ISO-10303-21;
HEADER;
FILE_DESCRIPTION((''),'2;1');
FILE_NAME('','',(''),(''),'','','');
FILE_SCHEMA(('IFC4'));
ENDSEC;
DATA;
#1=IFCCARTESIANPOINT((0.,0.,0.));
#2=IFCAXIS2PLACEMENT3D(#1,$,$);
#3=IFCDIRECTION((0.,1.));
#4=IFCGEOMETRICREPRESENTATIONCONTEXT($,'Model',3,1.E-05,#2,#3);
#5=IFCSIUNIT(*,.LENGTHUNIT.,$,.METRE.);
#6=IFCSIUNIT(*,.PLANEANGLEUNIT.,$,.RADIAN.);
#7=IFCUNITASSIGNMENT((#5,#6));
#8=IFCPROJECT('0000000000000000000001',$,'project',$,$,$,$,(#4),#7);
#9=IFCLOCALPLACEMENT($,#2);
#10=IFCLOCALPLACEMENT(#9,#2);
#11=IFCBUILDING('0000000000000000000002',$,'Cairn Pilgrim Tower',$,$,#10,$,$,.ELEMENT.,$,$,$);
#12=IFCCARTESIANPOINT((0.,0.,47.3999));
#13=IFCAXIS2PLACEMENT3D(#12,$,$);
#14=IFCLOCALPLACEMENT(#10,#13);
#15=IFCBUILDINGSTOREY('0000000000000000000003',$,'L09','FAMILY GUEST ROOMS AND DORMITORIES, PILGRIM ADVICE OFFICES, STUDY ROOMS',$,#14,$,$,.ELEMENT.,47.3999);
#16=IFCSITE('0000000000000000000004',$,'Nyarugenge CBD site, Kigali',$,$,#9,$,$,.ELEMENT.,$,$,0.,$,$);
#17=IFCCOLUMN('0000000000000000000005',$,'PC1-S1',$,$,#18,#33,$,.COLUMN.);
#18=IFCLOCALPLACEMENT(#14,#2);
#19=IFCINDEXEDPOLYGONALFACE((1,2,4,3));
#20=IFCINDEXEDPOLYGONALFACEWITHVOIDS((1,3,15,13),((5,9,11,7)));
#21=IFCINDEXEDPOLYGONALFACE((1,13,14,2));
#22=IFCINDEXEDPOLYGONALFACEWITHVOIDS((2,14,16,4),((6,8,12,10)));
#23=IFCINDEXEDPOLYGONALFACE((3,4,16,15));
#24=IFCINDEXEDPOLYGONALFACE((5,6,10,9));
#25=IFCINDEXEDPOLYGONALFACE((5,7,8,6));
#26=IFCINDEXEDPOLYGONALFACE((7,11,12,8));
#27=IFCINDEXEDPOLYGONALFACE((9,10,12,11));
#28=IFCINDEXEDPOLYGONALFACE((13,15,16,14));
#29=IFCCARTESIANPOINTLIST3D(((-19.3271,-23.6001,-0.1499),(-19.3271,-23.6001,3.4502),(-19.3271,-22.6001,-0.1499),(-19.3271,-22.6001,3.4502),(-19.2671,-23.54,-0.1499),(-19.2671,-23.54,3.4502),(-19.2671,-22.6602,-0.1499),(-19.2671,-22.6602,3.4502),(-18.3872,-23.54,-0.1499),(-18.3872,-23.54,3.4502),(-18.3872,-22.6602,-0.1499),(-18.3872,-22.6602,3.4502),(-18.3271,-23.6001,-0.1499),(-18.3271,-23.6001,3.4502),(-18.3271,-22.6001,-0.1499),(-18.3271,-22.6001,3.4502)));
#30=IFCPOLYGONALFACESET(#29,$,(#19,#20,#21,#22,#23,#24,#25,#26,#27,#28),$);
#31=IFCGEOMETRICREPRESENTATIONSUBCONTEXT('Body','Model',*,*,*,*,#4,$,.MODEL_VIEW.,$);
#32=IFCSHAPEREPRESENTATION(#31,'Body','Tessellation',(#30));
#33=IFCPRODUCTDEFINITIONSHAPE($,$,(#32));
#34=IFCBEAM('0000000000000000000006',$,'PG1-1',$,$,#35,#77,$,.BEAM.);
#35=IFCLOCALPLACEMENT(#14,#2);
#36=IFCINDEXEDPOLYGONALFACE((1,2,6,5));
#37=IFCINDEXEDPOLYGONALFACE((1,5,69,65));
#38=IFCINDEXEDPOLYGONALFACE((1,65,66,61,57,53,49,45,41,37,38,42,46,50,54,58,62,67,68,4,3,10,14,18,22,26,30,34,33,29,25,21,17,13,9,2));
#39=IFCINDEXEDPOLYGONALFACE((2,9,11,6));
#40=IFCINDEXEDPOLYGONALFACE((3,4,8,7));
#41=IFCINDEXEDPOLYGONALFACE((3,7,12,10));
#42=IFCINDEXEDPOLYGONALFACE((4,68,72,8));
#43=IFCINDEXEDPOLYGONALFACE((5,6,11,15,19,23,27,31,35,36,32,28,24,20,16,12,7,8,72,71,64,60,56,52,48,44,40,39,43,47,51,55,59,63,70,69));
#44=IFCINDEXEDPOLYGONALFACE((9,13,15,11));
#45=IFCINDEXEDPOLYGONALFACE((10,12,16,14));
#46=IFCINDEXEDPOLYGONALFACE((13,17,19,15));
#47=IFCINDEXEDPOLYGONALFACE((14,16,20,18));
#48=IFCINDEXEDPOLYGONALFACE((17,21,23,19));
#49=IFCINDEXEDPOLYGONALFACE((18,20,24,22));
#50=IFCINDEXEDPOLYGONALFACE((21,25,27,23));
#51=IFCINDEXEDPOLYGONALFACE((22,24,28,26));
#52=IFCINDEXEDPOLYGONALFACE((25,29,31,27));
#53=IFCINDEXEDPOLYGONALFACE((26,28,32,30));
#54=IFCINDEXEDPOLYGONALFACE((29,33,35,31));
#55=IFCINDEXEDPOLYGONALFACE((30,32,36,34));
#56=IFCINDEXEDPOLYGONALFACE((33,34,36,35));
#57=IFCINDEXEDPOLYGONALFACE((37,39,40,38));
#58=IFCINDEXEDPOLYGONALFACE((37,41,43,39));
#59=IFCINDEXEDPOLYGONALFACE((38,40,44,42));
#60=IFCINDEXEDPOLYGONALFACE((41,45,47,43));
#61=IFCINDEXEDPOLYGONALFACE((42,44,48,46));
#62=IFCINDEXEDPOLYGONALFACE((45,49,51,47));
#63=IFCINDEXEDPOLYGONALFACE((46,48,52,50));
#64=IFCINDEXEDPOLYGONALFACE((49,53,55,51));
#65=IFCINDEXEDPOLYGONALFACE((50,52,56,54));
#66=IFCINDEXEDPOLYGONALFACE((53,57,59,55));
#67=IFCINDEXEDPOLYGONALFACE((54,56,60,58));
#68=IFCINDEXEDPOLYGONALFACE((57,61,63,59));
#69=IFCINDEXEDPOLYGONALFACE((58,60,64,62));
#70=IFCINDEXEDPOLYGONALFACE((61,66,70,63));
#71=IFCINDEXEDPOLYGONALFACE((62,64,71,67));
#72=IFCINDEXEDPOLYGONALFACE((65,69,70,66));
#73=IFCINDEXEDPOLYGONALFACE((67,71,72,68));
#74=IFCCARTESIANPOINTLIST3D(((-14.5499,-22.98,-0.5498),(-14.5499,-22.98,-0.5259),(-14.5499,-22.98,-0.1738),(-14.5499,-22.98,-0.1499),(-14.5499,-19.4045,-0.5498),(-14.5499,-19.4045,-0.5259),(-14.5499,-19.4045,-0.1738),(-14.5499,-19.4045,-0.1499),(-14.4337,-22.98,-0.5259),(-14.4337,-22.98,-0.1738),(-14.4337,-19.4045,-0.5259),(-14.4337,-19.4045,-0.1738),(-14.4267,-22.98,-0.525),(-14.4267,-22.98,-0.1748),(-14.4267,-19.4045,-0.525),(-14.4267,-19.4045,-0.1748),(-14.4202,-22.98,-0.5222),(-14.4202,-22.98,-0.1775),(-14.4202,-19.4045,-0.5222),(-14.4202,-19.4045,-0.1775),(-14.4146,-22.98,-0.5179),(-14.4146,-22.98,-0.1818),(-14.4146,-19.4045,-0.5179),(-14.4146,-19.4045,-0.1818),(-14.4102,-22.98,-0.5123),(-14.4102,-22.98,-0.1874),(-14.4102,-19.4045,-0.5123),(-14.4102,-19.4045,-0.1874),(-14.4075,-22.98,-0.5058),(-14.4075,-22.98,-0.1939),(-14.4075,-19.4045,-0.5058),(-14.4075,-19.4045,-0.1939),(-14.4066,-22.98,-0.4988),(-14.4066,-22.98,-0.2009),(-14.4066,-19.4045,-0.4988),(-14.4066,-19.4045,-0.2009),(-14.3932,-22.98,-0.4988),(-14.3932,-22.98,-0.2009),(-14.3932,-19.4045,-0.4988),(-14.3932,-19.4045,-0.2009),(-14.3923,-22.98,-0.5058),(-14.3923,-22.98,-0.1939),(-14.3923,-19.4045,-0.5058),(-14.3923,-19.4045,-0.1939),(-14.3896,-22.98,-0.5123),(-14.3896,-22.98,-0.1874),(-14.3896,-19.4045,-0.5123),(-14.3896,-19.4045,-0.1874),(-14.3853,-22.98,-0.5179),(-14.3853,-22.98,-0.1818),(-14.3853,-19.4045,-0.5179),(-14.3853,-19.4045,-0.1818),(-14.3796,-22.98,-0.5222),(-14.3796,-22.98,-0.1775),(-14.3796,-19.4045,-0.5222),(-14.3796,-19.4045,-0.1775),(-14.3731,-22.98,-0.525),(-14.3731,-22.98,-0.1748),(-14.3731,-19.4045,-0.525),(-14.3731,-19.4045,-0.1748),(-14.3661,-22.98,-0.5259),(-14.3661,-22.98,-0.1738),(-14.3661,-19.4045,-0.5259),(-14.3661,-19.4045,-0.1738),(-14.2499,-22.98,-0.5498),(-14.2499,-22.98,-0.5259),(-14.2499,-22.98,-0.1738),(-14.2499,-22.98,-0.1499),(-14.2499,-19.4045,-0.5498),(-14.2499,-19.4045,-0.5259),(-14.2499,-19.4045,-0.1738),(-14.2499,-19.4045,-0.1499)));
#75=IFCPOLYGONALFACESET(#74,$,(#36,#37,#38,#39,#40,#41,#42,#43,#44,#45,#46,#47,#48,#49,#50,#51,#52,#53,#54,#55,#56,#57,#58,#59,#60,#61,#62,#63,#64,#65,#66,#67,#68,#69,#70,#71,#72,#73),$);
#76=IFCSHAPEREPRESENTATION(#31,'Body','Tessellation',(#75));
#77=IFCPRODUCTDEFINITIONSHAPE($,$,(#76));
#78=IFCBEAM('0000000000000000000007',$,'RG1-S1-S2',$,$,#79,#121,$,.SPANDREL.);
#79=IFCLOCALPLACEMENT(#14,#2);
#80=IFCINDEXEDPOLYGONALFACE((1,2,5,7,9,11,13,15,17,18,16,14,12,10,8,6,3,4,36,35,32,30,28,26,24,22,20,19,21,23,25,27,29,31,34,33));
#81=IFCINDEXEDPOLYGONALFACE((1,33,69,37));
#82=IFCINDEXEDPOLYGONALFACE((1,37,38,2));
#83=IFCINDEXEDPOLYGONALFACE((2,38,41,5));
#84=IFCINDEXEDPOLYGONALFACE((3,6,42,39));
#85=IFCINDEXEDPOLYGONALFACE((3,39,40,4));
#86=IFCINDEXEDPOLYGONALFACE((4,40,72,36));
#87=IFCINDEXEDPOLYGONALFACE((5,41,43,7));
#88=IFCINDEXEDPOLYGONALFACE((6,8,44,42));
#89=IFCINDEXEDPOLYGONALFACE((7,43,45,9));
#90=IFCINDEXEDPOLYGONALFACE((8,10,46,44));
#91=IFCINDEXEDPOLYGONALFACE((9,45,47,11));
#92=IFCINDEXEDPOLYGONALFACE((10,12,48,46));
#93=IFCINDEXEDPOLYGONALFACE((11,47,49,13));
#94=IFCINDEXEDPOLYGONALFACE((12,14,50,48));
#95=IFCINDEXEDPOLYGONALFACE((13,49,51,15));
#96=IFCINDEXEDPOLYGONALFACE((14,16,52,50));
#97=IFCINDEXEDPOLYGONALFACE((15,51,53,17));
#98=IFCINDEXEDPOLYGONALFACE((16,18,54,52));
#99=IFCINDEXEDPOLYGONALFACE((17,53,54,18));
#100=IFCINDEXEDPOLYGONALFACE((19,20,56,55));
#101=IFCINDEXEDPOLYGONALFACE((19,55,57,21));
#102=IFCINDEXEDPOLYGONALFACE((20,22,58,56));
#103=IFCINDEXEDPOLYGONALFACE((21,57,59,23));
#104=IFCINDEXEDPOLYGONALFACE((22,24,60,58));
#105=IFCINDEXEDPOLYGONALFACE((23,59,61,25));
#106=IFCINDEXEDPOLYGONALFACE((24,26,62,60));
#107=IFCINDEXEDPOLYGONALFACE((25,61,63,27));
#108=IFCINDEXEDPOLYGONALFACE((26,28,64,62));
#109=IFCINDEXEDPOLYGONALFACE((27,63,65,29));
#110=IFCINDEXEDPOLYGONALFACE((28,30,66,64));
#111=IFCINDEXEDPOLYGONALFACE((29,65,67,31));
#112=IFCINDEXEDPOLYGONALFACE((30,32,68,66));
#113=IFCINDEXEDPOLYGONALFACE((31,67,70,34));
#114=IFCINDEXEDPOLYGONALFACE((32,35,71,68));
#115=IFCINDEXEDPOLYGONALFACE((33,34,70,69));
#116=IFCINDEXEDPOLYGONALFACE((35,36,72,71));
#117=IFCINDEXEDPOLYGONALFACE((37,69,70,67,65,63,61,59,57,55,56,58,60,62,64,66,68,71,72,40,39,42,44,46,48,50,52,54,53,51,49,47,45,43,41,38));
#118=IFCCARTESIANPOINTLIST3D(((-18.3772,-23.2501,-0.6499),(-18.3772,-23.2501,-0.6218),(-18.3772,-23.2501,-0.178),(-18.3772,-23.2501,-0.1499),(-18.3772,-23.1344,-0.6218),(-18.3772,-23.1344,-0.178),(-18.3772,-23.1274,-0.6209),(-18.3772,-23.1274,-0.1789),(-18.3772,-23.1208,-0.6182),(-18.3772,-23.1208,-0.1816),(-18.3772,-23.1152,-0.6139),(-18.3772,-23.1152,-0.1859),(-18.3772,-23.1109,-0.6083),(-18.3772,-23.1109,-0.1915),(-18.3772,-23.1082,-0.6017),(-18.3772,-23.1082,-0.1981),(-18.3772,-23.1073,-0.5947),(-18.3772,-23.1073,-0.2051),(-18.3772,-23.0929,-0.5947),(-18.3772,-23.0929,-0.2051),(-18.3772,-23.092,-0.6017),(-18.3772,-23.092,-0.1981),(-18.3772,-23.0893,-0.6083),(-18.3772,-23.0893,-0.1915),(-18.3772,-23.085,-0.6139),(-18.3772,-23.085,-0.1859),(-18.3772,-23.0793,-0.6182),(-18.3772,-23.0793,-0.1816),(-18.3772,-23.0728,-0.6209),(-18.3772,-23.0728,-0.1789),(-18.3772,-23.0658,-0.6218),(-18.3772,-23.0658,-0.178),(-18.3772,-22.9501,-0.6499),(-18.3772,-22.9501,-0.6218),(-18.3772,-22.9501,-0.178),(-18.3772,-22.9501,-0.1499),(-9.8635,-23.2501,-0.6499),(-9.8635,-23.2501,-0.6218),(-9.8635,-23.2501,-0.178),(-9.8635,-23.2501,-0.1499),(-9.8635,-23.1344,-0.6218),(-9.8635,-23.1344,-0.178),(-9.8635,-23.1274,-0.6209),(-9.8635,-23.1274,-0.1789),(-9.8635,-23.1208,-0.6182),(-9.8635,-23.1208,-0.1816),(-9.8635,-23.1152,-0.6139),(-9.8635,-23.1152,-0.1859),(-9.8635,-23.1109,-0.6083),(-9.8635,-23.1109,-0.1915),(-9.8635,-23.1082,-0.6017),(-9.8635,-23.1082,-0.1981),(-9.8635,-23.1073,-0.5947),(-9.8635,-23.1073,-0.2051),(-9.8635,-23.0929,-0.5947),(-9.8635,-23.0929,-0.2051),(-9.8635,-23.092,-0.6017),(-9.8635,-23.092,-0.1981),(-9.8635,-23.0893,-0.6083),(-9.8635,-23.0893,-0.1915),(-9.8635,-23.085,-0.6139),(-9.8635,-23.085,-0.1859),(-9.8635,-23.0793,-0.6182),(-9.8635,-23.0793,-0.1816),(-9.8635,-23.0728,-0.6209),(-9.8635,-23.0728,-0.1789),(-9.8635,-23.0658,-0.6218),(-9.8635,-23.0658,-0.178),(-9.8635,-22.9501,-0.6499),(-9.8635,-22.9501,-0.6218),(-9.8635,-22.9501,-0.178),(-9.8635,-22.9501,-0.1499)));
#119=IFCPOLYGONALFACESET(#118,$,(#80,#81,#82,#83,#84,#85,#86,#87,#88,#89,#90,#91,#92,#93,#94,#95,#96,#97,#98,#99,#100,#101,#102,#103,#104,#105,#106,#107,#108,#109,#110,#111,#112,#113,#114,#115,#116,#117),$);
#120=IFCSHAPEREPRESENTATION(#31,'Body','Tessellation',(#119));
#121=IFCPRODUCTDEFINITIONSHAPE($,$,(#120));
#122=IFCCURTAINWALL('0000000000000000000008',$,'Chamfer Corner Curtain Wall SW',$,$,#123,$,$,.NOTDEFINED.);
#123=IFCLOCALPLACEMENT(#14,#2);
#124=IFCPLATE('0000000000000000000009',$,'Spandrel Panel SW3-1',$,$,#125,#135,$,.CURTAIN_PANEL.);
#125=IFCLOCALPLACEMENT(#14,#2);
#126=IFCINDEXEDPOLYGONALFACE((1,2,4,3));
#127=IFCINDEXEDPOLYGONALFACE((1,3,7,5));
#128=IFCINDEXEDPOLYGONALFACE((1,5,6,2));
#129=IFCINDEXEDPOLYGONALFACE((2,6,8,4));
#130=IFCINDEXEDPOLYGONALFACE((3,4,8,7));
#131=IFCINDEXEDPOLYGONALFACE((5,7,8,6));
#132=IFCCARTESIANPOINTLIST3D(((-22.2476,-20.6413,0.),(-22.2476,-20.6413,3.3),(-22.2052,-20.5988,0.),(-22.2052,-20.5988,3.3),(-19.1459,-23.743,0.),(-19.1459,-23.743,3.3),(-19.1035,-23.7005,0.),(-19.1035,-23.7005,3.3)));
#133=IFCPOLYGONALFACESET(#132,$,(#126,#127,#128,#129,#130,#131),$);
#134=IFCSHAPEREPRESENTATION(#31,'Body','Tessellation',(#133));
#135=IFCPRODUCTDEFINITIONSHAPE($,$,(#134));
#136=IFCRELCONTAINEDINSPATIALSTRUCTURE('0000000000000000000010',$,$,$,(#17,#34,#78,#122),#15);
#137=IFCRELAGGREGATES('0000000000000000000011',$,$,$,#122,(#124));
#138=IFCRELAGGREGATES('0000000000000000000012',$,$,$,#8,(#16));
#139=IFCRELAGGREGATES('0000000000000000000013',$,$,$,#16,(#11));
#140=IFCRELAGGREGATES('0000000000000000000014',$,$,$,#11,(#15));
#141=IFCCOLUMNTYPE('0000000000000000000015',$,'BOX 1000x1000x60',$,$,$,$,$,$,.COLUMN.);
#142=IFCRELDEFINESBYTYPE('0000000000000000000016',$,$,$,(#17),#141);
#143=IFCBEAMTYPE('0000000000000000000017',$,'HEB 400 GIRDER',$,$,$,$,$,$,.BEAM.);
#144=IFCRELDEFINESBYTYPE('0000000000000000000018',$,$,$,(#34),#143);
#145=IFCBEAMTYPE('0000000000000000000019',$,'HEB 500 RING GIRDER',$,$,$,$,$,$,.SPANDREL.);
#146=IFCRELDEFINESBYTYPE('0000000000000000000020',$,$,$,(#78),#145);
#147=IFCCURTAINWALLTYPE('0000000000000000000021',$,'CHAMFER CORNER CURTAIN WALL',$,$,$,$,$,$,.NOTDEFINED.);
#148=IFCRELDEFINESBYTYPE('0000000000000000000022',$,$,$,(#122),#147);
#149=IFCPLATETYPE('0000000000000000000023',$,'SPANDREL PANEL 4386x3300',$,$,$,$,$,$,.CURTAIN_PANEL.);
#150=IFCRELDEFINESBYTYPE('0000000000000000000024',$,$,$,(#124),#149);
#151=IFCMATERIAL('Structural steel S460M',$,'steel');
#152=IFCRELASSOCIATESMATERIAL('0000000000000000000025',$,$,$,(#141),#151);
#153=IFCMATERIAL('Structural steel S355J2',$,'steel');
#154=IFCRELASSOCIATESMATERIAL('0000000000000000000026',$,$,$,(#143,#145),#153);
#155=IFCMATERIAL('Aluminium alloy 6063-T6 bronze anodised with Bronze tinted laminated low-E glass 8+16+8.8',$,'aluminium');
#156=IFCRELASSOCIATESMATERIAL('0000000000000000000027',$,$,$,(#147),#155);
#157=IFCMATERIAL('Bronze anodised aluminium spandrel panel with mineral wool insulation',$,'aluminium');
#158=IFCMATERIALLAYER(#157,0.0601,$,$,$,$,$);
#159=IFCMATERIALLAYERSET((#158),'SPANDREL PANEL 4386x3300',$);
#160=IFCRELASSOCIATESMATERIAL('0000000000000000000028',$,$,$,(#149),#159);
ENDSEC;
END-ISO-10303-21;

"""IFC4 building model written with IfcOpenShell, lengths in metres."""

from ifc_helpers import new_model, si_unit, direction, frame, origin, origin_2d, place, context, subcontext, project, spatial, rectangle, hollow_rectangle, i_section, extrude, material, layer, layer_set, material_profile, profile_set, type_object, element, aggregate, save


model = new_model("IFC4")

# Units and contexts
model_context = context("Model", 3, precision=1e-05, world=origin(), true_north=direction((0.0, 1.0)))
body_context = subcontext(model_context, "Body", "Model", "MODEL_VIEW")
ifc_project = project(units=[si_unit("LENGTHUNIT", "METRE"), si_unit("PLANEANGLEUNIT", "RADIAN")], contexts=[model_context])

# Site, building, storey
site_placement = place(None, origin())
site = spatial("IfcSite", under=ifc_project, at=site_placement, Name="Nyarugenge CBD site, Kigali", CompositionType="ELEMENT", RefElevation=0.0)
building_placement = place(site_placement, origin())
building = spatial("IfcBuilding", under=site, at=building_placement, Name="Cairn Pilgrim Tower", CompositionType="ELEMENT")
storey_placement = place(building_placement, frame((0.0, 0.0, 47.3999)))
storey = spatial("IfcBuildingStorey", under=building, at=storey_placement, Name="L09", Description="FAMILY GUEST ROOMS AND DORMITORIES, PILGRIM ADVICE OFFICES, STUDY ROOMS", CompositionType="ELEMENT", Elevation=47.3999)

# Column
ifc_material_1 = material(Name="Structural steel S460M", Category="steel")
ifc_material_profile_1 = material_profile(ifc_material_1, hollow_rectangle(XDim=1.0, YDim=1.0, WallThickness=0.0601, at=origin_2d()), Name="BOX 1000x1000x60")
ifc_profile_set_1 = profile_set([ifc_material_profile_1], Name="Structural steel S460M")
column_type = type_object("IfcColumnType", Name="BOX 1000x1000x60", PredefinedType="COLUMN", material=ifc_profile_set_1)
column_placement = place(storey_placement, frame((-18.8271, -23.1001, -0.1499), z_axis=(0.0, 0.0, 1.0), x_axis=(1.0, 0.0, 0.0)))
element("IfcColumn", 1, at=column_placement, inside=storey, type_object=column_type, Name="PC1-S1", PredefinedType="COLUMN", context=body_context, shape_type="SweptSolid", body=[
    extrude(hollow_rectangle(XDim=1.0, YDim=1.0, WallThickness=0.0601, at=origin_2d()), origin(), (0.0, 0.0, 1.0), 3.6001),
])

# Beams
ifc_material_2 = material(Name="Structural steel S355J2", Category="steel")
ifc_material_profile_2 = material_profile(ifc_material_2, i_section(OverallWidth=0.3, OverallDepth=0.3999, WebThickness=0.0134, FlangeThickness=0.0239, FilletRadius=0.0271, at=origin_2d()), Name="HEB 400")
ifc_profile_set_2 = profile_set([ifc_material_profile_2], Name="Structural steel S355J2")
beam_type_1 = type_object("IfcBeamType", Name="HEB 400 GIRDER", PredefinedType="BEAM", material=ifc_profile_set_2)
beam_1_placement = place(storey_placement, frame((-14.3999, -22.98, -0.3499), z_axis=(0.0, 1.0, 0.0), x_axis=(-1.0, 0.0, 0.0)))
element("IfcBeam", 2, at=beam_1_placement, inside=storey, type_object=beam_type_1, Name="PG1-1", PredefinedType="BEAM", context=body_context, shape_type="SweptSolid", body=[
    extrude(i_section(OverallWidth=0.3, OverallDepth=0.3999, WebThickness=0.0134, FlangeThickness=0.0239, FilletRadius=0.0271, at=origin_2d()), origin(), (0.0, 0.0, 1.0), 3.5754),
])
ifc_material_profile_3 = material_profile(ifc_material_2, i_section(OverallWidth=0.3, OverallDepth=0.5, WebThickness=0.0144, FlangeThickness=0.0281, FilletRadius=0.0271, at=origin_2d()), Name="HEB 500")
ifc_profile_set_3 = profile_set([ifc_material_profile_3], Name="Structural steel S355J2")
beam_type_2 = type_object("IfcBeamType", Name="HEB 500 RING GIRDER", PredefinedType="SPANDREL", material=ifc_profile_set_3)
beam_2_placement = place(storey_placement, frame((-18.3772, -23.1001, -0.3999), z_axis=(1.0, 0.0, 0.0), x_axis=(0.0, 1.0, 0.0)))
element("IfcBeam", 3, at=beam_2_placement, inside=storey, type_object=beam_type_2, Name="RG1-S1-S2", PredefinedType="SPANDREL", context=body_context, shape_type="SweptSolid", body=[
    extrude(i_section(OverallWidth=0.3, OverallDepth=0.5, WebThickness=0.0144, FlangeThickness=0.0281, FilletRadius=0.0271, at=origin_2d()), origin(), (0.0, 0.0, 1.0), 8.5137),
])

# Curtain wall, plate
ifc_material_3 = material(Name="Aluminium alloy 6063-T6 bronze anodised with Bronze tinted laminated low-E glass 8+16+8.8", Category="aluminium")
curtain_wall_type = type_object("IfcCurtainWallType", Name="CHAMFER CORNER CURTAIN WALL", PredefinedType="NOTDEFINED", material=ifc_material_3)
curtain_wall_placement = place(storey_placement, origin())
curtain_wall = element("IfcCurtainWall", 4, at=curtain_wall_placement, inside=storey, type_object=curtain_wall_type, Name="Chamfer Corner Curtain Wall SW", PredefinedType="NOTDEFINED")
ifc_material_4 = material(Name="Bronze anodised aluminium spandrel panel with mineral wool insulation", Category="aluminium")
ifc_layer_1 = layer(ifc_material_4, 0.0601)
ifc_layer_set_1 = layer_set([ifc_layer_1], Name="SPANDREL PANEL 4386x3300")
plate_type = type_object("IfcPlateType", Name="SPANDREL PANEL 4386x3300", PredefinedType="CURTAIN_PANEL", material=ifc_layer_set_1)
plate_placement = place(storey_placement, frame((-20.6755, -22.1709, 0.0), z_axis=(0.0, 0.0, 1.0), x_axis=(0.707107, -0.707107, 0.0)))
plate = element("IfcPlate", 5, at=plate_placement, type_object=plate_type, Name="Spandrel Panel SW3-1", PredefinedType="CURTAIN_PANEL", context=body_context, shape_type="SweptSolid", body=[
    extrude(rectangle(XDim=4.3865, YDim=0.0601, at=origin_2d()), origin(), (0.0, 0.0, 1.0), 3.3),
])
aggregate(curtain_wall, [plate])

save(model, "model.ifc")
